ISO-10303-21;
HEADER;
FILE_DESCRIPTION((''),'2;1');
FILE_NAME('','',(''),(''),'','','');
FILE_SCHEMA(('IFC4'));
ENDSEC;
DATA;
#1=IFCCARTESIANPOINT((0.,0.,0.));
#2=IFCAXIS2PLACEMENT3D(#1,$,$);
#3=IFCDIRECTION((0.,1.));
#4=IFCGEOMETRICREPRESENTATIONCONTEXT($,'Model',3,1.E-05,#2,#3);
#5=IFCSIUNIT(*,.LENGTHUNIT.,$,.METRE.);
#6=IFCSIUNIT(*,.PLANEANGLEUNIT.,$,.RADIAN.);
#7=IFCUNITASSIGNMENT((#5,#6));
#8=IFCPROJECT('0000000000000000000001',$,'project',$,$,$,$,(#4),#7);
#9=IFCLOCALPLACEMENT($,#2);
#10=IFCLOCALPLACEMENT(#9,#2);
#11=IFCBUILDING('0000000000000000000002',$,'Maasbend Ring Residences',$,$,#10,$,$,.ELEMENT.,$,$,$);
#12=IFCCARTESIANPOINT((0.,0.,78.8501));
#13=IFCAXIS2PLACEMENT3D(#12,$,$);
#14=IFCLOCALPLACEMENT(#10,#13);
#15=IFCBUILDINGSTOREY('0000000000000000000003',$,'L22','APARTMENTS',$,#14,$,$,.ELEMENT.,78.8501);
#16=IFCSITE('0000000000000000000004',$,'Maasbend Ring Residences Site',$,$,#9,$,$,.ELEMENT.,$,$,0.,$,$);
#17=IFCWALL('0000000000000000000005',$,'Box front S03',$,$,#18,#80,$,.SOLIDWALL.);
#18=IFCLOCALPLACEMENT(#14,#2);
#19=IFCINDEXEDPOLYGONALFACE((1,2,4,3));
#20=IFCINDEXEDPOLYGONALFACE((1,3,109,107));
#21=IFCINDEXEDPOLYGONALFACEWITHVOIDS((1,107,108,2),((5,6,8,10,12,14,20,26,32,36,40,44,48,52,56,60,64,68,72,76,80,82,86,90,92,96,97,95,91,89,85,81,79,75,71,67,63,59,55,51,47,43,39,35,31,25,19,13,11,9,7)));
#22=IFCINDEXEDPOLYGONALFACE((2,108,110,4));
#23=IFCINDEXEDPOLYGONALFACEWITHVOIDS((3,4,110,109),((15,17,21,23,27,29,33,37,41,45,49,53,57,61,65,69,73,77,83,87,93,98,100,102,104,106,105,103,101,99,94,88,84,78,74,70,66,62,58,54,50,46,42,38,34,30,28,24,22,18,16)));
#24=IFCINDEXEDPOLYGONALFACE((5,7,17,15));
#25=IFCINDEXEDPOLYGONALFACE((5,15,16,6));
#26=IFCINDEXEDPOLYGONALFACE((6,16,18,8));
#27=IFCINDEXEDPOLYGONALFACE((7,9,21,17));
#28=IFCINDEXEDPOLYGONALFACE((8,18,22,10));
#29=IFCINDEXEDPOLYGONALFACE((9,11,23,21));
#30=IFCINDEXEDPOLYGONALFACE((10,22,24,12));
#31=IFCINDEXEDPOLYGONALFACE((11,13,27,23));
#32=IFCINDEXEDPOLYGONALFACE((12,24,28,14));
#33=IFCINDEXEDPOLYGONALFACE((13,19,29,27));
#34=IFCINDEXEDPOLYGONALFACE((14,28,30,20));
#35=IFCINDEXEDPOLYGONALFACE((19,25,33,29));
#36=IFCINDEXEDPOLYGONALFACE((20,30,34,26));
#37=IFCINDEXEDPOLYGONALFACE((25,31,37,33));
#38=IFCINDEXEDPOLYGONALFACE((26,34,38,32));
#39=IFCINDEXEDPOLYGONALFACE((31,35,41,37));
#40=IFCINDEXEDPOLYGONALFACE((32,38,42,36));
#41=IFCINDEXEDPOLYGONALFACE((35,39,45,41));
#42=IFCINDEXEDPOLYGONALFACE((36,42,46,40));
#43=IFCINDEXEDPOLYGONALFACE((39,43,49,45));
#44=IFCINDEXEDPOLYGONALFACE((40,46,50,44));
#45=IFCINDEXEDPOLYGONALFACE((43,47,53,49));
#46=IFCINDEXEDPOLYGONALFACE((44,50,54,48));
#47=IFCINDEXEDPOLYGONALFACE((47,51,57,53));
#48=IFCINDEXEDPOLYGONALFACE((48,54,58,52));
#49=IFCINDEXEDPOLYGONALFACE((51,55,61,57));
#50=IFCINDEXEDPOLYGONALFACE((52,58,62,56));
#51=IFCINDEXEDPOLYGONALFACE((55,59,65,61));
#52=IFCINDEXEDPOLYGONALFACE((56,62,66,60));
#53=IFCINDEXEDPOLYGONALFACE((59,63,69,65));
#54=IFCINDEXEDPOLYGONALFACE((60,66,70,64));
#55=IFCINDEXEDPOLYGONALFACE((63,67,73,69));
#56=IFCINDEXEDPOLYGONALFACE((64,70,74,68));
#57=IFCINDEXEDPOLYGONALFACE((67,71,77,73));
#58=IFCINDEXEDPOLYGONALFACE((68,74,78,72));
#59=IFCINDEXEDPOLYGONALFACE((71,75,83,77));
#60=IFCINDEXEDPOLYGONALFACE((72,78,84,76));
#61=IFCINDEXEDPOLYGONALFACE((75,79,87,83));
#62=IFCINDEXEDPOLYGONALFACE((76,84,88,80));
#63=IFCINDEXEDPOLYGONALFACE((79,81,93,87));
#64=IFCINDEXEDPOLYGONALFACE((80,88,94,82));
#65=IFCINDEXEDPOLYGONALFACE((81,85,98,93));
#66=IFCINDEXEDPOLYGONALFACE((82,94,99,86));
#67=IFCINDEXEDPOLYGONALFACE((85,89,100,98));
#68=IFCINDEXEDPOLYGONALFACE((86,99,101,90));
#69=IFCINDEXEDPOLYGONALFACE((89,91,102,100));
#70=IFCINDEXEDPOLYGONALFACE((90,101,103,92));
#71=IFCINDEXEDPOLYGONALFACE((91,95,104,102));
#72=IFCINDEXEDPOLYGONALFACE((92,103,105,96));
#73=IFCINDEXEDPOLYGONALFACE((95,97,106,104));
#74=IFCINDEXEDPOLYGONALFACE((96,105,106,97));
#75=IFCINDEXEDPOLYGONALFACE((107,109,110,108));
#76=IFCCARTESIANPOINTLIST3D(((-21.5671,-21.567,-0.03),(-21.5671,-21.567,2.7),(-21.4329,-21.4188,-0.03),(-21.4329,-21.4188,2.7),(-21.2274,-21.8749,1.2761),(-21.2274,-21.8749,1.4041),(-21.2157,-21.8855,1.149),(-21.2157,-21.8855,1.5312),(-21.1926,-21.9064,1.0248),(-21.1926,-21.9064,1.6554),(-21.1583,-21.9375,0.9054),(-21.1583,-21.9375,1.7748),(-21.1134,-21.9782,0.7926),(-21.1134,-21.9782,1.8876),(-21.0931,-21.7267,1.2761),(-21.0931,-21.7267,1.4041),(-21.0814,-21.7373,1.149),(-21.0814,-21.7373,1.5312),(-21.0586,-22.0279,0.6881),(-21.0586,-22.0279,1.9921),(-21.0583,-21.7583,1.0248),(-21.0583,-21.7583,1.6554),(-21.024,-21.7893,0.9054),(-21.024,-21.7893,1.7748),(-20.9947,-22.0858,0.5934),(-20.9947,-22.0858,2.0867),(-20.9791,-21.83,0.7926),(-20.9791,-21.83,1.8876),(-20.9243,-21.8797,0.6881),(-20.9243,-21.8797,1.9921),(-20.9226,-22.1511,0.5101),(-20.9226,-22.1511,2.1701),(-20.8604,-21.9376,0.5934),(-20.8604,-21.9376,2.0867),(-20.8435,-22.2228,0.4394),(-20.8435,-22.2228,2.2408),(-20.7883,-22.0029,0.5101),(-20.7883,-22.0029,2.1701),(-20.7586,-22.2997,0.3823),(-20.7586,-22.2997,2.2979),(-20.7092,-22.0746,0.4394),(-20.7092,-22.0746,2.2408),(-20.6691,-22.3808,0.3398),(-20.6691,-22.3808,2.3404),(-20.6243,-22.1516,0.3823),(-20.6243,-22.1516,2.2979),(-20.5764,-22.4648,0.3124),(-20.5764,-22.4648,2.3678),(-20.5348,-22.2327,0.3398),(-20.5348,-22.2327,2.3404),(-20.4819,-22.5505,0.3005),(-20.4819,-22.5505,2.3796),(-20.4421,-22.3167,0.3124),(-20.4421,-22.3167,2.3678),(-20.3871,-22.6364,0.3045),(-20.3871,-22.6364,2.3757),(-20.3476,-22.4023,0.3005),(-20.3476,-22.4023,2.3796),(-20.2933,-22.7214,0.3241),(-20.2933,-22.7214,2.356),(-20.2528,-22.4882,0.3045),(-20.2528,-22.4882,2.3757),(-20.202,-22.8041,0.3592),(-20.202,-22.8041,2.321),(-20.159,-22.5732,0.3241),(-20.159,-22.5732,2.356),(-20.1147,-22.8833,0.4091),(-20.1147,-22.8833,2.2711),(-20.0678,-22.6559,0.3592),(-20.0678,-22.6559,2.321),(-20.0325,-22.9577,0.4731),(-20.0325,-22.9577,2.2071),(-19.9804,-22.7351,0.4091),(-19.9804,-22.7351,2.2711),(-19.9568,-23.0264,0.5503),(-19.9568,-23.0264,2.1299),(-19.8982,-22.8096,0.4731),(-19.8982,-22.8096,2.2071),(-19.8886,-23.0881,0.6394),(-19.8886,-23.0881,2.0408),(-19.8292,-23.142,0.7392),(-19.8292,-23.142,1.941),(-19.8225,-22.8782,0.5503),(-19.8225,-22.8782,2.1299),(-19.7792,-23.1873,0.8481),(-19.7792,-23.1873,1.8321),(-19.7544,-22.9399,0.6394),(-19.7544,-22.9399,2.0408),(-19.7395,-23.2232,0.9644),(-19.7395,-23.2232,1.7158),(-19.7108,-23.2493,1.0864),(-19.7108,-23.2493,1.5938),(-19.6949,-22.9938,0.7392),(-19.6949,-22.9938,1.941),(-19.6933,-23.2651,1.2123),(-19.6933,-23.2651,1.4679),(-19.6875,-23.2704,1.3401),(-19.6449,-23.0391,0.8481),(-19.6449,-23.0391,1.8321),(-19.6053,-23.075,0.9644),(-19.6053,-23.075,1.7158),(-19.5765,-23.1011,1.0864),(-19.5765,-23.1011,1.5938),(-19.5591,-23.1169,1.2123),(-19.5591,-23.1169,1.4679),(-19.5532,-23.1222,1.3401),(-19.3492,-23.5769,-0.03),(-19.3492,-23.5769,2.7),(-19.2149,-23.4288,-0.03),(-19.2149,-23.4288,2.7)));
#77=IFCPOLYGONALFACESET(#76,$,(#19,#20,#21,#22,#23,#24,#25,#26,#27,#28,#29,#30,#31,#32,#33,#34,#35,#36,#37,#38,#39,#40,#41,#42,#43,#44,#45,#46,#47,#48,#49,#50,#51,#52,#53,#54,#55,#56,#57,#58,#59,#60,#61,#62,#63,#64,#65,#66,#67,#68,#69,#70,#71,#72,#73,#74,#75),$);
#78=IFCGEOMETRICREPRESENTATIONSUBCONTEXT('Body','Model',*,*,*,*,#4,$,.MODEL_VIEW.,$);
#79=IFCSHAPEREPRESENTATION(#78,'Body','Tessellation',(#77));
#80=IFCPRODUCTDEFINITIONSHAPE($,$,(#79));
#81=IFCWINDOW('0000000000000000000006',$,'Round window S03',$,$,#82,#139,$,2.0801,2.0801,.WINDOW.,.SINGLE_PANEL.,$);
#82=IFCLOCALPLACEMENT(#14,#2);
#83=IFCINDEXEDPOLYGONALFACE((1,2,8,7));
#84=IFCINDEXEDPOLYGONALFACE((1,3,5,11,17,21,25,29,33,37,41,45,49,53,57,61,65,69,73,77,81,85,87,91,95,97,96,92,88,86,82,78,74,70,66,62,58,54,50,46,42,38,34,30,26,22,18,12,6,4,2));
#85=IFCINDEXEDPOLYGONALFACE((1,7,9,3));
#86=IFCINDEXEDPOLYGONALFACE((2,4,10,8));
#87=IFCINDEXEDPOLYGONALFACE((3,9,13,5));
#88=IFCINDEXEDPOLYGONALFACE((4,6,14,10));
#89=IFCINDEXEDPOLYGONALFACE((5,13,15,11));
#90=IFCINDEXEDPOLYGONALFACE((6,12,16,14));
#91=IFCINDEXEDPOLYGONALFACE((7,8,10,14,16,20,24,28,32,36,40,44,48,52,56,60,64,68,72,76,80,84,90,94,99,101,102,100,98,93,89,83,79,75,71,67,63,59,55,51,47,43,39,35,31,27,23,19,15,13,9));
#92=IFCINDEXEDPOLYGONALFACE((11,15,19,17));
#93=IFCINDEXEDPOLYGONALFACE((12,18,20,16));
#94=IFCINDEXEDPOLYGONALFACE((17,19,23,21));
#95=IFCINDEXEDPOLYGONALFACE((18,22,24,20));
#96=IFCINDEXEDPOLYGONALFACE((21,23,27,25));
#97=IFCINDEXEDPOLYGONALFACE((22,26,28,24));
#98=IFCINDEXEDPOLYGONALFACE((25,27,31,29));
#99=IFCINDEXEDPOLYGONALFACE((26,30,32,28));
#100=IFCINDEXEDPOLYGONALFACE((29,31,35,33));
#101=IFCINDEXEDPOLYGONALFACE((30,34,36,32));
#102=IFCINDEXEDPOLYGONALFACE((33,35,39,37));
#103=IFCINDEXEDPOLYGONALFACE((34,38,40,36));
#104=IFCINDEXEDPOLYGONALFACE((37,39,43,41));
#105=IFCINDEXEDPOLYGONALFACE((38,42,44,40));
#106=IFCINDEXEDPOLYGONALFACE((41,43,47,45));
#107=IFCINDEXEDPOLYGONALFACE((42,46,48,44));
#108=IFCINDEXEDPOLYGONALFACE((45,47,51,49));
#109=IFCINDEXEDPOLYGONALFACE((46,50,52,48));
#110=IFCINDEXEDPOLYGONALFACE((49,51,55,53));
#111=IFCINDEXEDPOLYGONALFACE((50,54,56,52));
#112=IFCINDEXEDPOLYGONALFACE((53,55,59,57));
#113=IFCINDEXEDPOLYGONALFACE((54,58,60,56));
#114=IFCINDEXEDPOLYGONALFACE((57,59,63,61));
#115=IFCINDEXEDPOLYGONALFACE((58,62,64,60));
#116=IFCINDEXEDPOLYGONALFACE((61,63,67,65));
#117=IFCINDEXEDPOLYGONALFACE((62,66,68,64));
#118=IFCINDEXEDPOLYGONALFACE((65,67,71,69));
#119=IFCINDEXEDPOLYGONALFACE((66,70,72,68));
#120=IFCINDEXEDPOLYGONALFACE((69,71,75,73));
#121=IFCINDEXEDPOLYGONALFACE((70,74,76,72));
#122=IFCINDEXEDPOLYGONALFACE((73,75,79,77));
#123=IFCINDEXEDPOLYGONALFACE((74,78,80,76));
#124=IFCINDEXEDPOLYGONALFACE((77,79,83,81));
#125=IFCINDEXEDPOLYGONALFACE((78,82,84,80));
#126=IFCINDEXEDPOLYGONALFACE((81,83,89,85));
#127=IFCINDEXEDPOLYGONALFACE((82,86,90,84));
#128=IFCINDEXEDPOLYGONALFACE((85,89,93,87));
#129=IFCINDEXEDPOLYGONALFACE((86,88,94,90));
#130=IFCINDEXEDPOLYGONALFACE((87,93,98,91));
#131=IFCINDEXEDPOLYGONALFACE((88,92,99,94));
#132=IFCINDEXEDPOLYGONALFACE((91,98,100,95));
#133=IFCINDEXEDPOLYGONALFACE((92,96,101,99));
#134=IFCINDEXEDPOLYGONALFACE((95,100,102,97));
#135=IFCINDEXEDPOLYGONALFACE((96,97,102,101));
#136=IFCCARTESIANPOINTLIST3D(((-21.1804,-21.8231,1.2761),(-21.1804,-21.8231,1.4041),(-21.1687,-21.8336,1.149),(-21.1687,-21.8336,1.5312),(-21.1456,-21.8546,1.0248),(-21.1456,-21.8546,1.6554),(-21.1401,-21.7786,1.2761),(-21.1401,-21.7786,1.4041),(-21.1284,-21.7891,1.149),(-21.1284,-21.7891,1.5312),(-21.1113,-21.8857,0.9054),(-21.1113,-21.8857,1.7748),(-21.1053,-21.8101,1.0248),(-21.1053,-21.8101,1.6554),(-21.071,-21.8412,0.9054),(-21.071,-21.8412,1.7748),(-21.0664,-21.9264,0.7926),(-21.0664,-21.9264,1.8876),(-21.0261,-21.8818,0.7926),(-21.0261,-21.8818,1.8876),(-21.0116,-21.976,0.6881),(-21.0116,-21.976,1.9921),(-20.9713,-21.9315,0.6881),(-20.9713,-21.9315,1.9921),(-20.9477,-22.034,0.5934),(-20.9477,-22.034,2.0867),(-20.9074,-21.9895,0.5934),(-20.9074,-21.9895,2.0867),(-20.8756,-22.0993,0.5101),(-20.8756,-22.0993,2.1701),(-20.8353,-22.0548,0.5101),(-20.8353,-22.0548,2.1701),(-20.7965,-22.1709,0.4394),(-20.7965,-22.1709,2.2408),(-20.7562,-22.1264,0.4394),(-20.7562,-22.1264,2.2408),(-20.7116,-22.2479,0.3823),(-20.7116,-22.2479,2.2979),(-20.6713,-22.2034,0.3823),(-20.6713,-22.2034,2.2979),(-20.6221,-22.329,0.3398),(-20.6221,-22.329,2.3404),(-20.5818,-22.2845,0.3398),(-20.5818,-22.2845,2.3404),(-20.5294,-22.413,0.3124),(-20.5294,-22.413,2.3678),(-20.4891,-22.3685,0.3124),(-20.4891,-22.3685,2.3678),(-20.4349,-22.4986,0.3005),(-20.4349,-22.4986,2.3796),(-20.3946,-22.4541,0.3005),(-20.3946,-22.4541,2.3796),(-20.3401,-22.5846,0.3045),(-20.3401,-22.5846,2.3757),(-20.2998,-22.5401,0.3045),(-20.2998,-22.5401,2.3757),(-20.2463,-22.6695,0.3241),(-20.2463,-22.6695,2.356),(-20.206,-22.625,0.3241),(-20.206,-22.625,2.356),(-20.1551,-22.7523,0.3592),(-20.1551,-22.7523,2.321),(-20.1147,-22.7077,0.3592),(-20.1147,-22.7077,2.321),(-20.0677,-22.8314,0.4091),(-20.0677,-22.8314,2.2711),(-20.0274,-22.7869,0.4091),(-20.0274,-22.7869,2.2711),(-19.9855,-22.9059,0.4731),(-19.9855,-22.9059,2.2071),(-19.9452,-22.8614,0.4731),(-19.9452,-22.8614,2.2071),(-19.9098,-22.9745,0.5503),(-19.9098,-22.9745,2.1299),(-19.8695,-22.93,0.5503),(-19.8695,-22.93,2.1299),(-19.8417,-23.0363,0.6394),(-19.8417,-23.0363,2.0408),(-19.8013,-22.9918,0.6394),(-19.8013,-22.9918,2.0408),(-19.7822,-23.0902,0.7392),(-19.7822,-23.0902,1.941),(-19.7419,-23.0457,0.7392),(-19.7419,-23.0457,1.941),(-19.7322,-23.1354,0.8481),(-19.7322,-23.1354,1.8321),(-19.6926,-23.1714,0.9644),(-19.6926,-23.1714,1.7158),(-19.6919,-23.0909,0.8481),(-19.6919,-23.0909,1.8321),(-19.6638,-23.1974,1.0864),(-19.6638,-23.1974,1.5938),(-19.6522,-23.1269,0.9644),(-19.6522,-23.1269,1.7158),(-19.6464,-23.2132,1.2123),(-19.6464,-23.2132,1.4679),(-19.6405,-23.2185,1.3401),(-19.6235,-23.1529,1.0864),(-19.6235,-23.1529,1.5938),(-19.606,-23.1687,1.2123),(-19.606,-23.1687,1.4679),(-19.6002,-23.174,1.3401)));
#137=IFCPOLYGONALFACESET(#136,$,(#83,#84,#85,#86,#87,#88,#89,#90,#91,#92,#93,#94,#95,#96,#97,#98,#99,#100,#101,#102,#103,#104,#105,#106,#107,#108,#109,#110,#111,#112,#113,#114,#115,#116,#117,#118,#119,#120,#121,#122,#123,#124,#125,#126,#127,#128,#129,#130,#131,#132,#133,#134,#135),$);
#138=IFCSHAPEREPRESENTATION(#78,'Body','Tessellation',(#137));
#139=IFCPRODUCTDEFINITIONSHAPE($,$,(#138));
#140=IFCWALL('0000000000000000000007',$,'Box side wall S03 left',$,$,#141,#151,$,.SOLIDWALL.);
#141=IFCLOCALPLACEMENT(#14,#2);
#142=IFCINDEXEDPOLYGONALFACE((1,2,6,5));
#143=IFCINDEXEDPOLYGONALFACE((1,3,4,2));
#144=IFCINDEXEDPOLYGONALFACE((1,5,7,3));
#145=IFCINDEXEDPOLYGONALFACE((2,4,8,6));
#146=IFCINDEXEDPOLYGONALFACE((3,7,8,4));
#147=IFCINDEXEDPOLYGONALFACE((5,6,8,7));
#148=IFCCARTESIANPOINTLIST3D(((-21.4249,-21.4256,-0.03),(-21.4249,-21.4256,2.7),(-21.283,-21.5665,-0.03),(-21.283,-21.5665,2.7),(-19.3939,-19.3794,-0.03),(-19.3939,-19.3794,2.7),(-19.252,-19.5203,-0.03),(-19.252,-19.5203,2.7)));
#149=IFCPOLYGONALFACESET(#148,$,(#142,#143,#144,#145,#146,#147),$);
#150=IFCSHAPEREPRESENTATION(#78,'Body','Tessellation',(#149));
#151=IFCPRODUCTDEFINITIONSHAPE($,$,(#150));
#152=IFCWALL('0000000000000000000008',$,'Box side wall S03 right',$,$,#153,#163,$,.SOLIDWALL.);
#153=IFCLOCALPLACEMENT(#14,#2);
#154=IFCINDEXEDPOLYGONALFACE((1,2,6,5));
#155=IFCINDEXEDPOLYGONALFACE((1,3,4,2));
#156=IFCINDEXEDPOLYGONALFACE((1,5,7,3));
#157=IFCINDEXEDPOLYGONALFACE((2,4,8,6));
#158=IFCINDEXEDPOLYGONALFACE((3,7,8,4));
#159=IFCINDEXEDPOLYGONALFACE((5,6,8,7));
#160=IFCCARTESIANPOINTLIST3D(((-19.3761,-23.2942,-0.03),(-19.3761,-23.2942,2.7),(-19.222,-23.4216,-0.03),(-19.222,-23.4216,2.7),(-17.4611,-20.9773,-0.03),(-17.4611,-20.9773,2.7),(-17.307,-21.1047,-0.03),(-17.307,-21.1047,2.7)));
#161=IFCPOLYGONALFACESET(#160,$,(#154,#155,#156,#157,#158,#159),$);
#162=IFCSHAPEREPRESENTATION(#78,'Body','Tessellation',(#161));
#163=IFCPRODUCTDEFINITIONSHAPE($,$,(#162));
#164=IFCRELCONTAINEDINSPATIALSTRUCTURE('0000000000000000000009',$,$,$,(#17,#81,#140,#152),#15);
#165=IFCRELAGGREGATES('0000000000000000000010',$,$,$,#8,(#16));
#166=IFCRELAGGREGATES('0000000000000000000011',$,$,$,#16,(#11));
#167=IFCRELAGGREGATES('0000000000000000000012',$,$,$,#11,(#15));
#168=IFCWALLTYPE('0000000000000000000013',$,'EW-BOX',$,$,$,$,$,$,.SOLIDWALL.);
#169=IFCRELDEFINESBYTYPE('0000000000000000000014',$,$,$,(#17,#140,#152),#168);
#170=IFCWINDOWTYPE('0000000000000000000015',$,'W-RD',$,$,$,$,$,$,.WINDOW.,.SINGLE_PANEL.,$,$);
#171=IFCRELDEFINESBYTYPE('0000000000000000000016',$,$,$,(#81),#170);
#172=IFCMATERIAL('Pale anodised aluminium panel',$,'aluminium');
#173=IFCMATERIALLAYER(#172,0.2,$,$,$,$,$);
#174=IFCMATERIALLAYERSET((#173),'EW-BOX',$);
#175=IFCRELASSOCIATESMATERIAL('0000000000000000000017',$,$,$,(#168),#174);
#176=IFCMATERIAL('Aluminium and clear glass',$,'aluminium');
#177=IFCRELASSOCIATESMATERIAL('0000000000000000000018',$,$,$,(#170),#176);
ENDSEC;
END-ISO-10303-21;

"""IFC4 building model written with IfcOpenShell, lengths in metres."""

from ifc_helpers import new_model, si_unit, direction, frame, frame_2d, origin, place, context, subcontext, project, spatial, rectangle, circle, extrude, material, layer, layer_set, type_object, element, fill, save


model = new_model("IFC4")

# Units and contexts
model_context = context("Model", 3, precision=1e-05, world=origin(), true_north=direction((0.0, 1.0)))
body_context = subcontext(model_context, "Body", "Model", "MODEL_VIEW")
ifc_project = project(units=[si_unit("LENGTHUNIT", "METRE"), si_unit("PLANEANGLEUNIT", "RADIAN")], contexts=[model_context])

# Site, building, storey
site_placement = place(None, origin())
site = spatial("IfcSite", under=ifc_project, at=site_placement, Name="Maasbend Ring Residences Site", CompositionType="ELEMENT", RefElevation=0.0)
building_placement = place(site_placement, origin())
building = spatial("IfcBuilding", under=site, at=building_placement, Name="Maasbend Ring Residences", CompositionType="ELEMENT")
storey_placement = place(building_placement, frame((0.0, 0.0, 78.8501)))
storey = spatial("IfcBuildingStorey", under=building, at=storey_placement, Name="L22", Description="APARTMENTS", CompositionType="ELEMENT", Elevation=78.8501)

# Wall, opening, window
ifc_material_1 = material(Name="Pale anodised aluminium panel", Category="aluminium")
ifc_layer_1 = layer(ifc_material_1, 0.2)
ifc_layer_set_1 = layer_set([ifc_layer_1], Name="EW-BOX")
wall_type_1 = type_object("IfcWallType", Name="EW-BOX", PredefinedType="SOLIDWALL", material=ifc_layer_set_1)
wall_1_placement = place(storey_placement, frame((-21.5, -21.4929, -0.03), z_axis=(0.0, 0.0, 1.0), x_axis=(0.740998, -0.671507, 0.0)))
wall_1 = element("IfcWall", 1, at=wall_1_placement, inside=storey, type_object=wall_type_1, Name="Box front S03", PredefinedType="SOLIDWALL", context=body_context, shape_type="SweptSolid", body=[
    extrude(rectangle(XDim=2.9932, YDim=0.2, at=frame_2d((1.4966, 0.0))), origin(), (0.0, 0.0, 1.0), 2.73),
])
opening_1_placement = place(wall_1_placement, frame((0.4565, 0.0, 0.3301)))
opening_1 = element("IfcOpeningElement", 2, at=opening_1_placement, cuts=wall_1, PredefinedType="OPENING", context=body_context, shape_type="SweptSolid", body=[
    extrude(circle(Radius=1.04, at=frame_2d((1.04, 1.04))), frame((0.0, 0.1099, 0.0), z_axis=(0.0, -1.0, 0.0), x_axis=(1.0, 0.0, 0.0)), (0.0, 0.0, 1.0), 0.22),
])
ifc_material_2 = material(Name="Aluminium and clear glass", Category="aluminium")
window_type_1 = type_object("IfcWindowType", Name="W-RD", PartitioningType="SINGLE_PANEL", PredefinedType="WINDOW", material=ifc_material_2)
window_1_placement = place(opening_1_placement, origin())
window_1 = element("IfcWindow", 3, at=window_1_placement, inside=storey, type_object=window_type_1, Name="Round window S03", OverallHeight=2.0801, OverallWidth=2.0801, PartitioningType="SINGLE_PANEL", PredefinedType="WINDOW", context=body_context, shape_type="SweptSolid", body=[
    extrude(circle(Radius=1.04, at=frame_2d((1.04, 1.04))), frame((0.0, 0.03, 0.0), z_axis=(0.0, -1.0, 0.0), x_axis=(1.0, 0.0, 0.0)), (0.0, 0.0, 1.0), 0.0601),
])
fill(opening_1, window_1)

# Walls
wall_2_placement = place(storey_placement, frame((-19.323, -19.45, -0.03), z_axis=(0.0, 0.0, 1.0), x_axis=(-0.704477, -0.709727, 0.0)))
element("IfcWall", 4, at=wall_2_placement, inside=storey, type_object=wall_type_1, Name="Box side wall S03 left", PredefinedType="SOLIDWALL", context=body_context, shape_type="SweptSolid", body=[
    extrude(rectangle(XDim=2.8831, YDim=0.2, at=frame_2d((1.4414, 0.0))), origin(), (0.0, 0.0, 1.0), 2.73),
])
wall_3_placement = place(storey_placement, frame((-17.384, -21.041, -0.03), z_axis=(0.0, 0.0, 1.0), x_axis=(-0.637096, -0.770785, 0.0)))
element("IfcWall", 5, at=wall_3_placement, inside=storey, type_object=wall_type_1, Name="Box side wall S03 right", PredefinedType="SOLIDWALL", context=body_context, shape_type="SweptSolid", body=[
    extrude(rectangle(XDim=3.0059, YDim=0.2, at=frame_2d((1.5029, 0.0))), origin(), (0.0, 0.0, 1.0), 2.73),
])

save(model, "model.ifc")
